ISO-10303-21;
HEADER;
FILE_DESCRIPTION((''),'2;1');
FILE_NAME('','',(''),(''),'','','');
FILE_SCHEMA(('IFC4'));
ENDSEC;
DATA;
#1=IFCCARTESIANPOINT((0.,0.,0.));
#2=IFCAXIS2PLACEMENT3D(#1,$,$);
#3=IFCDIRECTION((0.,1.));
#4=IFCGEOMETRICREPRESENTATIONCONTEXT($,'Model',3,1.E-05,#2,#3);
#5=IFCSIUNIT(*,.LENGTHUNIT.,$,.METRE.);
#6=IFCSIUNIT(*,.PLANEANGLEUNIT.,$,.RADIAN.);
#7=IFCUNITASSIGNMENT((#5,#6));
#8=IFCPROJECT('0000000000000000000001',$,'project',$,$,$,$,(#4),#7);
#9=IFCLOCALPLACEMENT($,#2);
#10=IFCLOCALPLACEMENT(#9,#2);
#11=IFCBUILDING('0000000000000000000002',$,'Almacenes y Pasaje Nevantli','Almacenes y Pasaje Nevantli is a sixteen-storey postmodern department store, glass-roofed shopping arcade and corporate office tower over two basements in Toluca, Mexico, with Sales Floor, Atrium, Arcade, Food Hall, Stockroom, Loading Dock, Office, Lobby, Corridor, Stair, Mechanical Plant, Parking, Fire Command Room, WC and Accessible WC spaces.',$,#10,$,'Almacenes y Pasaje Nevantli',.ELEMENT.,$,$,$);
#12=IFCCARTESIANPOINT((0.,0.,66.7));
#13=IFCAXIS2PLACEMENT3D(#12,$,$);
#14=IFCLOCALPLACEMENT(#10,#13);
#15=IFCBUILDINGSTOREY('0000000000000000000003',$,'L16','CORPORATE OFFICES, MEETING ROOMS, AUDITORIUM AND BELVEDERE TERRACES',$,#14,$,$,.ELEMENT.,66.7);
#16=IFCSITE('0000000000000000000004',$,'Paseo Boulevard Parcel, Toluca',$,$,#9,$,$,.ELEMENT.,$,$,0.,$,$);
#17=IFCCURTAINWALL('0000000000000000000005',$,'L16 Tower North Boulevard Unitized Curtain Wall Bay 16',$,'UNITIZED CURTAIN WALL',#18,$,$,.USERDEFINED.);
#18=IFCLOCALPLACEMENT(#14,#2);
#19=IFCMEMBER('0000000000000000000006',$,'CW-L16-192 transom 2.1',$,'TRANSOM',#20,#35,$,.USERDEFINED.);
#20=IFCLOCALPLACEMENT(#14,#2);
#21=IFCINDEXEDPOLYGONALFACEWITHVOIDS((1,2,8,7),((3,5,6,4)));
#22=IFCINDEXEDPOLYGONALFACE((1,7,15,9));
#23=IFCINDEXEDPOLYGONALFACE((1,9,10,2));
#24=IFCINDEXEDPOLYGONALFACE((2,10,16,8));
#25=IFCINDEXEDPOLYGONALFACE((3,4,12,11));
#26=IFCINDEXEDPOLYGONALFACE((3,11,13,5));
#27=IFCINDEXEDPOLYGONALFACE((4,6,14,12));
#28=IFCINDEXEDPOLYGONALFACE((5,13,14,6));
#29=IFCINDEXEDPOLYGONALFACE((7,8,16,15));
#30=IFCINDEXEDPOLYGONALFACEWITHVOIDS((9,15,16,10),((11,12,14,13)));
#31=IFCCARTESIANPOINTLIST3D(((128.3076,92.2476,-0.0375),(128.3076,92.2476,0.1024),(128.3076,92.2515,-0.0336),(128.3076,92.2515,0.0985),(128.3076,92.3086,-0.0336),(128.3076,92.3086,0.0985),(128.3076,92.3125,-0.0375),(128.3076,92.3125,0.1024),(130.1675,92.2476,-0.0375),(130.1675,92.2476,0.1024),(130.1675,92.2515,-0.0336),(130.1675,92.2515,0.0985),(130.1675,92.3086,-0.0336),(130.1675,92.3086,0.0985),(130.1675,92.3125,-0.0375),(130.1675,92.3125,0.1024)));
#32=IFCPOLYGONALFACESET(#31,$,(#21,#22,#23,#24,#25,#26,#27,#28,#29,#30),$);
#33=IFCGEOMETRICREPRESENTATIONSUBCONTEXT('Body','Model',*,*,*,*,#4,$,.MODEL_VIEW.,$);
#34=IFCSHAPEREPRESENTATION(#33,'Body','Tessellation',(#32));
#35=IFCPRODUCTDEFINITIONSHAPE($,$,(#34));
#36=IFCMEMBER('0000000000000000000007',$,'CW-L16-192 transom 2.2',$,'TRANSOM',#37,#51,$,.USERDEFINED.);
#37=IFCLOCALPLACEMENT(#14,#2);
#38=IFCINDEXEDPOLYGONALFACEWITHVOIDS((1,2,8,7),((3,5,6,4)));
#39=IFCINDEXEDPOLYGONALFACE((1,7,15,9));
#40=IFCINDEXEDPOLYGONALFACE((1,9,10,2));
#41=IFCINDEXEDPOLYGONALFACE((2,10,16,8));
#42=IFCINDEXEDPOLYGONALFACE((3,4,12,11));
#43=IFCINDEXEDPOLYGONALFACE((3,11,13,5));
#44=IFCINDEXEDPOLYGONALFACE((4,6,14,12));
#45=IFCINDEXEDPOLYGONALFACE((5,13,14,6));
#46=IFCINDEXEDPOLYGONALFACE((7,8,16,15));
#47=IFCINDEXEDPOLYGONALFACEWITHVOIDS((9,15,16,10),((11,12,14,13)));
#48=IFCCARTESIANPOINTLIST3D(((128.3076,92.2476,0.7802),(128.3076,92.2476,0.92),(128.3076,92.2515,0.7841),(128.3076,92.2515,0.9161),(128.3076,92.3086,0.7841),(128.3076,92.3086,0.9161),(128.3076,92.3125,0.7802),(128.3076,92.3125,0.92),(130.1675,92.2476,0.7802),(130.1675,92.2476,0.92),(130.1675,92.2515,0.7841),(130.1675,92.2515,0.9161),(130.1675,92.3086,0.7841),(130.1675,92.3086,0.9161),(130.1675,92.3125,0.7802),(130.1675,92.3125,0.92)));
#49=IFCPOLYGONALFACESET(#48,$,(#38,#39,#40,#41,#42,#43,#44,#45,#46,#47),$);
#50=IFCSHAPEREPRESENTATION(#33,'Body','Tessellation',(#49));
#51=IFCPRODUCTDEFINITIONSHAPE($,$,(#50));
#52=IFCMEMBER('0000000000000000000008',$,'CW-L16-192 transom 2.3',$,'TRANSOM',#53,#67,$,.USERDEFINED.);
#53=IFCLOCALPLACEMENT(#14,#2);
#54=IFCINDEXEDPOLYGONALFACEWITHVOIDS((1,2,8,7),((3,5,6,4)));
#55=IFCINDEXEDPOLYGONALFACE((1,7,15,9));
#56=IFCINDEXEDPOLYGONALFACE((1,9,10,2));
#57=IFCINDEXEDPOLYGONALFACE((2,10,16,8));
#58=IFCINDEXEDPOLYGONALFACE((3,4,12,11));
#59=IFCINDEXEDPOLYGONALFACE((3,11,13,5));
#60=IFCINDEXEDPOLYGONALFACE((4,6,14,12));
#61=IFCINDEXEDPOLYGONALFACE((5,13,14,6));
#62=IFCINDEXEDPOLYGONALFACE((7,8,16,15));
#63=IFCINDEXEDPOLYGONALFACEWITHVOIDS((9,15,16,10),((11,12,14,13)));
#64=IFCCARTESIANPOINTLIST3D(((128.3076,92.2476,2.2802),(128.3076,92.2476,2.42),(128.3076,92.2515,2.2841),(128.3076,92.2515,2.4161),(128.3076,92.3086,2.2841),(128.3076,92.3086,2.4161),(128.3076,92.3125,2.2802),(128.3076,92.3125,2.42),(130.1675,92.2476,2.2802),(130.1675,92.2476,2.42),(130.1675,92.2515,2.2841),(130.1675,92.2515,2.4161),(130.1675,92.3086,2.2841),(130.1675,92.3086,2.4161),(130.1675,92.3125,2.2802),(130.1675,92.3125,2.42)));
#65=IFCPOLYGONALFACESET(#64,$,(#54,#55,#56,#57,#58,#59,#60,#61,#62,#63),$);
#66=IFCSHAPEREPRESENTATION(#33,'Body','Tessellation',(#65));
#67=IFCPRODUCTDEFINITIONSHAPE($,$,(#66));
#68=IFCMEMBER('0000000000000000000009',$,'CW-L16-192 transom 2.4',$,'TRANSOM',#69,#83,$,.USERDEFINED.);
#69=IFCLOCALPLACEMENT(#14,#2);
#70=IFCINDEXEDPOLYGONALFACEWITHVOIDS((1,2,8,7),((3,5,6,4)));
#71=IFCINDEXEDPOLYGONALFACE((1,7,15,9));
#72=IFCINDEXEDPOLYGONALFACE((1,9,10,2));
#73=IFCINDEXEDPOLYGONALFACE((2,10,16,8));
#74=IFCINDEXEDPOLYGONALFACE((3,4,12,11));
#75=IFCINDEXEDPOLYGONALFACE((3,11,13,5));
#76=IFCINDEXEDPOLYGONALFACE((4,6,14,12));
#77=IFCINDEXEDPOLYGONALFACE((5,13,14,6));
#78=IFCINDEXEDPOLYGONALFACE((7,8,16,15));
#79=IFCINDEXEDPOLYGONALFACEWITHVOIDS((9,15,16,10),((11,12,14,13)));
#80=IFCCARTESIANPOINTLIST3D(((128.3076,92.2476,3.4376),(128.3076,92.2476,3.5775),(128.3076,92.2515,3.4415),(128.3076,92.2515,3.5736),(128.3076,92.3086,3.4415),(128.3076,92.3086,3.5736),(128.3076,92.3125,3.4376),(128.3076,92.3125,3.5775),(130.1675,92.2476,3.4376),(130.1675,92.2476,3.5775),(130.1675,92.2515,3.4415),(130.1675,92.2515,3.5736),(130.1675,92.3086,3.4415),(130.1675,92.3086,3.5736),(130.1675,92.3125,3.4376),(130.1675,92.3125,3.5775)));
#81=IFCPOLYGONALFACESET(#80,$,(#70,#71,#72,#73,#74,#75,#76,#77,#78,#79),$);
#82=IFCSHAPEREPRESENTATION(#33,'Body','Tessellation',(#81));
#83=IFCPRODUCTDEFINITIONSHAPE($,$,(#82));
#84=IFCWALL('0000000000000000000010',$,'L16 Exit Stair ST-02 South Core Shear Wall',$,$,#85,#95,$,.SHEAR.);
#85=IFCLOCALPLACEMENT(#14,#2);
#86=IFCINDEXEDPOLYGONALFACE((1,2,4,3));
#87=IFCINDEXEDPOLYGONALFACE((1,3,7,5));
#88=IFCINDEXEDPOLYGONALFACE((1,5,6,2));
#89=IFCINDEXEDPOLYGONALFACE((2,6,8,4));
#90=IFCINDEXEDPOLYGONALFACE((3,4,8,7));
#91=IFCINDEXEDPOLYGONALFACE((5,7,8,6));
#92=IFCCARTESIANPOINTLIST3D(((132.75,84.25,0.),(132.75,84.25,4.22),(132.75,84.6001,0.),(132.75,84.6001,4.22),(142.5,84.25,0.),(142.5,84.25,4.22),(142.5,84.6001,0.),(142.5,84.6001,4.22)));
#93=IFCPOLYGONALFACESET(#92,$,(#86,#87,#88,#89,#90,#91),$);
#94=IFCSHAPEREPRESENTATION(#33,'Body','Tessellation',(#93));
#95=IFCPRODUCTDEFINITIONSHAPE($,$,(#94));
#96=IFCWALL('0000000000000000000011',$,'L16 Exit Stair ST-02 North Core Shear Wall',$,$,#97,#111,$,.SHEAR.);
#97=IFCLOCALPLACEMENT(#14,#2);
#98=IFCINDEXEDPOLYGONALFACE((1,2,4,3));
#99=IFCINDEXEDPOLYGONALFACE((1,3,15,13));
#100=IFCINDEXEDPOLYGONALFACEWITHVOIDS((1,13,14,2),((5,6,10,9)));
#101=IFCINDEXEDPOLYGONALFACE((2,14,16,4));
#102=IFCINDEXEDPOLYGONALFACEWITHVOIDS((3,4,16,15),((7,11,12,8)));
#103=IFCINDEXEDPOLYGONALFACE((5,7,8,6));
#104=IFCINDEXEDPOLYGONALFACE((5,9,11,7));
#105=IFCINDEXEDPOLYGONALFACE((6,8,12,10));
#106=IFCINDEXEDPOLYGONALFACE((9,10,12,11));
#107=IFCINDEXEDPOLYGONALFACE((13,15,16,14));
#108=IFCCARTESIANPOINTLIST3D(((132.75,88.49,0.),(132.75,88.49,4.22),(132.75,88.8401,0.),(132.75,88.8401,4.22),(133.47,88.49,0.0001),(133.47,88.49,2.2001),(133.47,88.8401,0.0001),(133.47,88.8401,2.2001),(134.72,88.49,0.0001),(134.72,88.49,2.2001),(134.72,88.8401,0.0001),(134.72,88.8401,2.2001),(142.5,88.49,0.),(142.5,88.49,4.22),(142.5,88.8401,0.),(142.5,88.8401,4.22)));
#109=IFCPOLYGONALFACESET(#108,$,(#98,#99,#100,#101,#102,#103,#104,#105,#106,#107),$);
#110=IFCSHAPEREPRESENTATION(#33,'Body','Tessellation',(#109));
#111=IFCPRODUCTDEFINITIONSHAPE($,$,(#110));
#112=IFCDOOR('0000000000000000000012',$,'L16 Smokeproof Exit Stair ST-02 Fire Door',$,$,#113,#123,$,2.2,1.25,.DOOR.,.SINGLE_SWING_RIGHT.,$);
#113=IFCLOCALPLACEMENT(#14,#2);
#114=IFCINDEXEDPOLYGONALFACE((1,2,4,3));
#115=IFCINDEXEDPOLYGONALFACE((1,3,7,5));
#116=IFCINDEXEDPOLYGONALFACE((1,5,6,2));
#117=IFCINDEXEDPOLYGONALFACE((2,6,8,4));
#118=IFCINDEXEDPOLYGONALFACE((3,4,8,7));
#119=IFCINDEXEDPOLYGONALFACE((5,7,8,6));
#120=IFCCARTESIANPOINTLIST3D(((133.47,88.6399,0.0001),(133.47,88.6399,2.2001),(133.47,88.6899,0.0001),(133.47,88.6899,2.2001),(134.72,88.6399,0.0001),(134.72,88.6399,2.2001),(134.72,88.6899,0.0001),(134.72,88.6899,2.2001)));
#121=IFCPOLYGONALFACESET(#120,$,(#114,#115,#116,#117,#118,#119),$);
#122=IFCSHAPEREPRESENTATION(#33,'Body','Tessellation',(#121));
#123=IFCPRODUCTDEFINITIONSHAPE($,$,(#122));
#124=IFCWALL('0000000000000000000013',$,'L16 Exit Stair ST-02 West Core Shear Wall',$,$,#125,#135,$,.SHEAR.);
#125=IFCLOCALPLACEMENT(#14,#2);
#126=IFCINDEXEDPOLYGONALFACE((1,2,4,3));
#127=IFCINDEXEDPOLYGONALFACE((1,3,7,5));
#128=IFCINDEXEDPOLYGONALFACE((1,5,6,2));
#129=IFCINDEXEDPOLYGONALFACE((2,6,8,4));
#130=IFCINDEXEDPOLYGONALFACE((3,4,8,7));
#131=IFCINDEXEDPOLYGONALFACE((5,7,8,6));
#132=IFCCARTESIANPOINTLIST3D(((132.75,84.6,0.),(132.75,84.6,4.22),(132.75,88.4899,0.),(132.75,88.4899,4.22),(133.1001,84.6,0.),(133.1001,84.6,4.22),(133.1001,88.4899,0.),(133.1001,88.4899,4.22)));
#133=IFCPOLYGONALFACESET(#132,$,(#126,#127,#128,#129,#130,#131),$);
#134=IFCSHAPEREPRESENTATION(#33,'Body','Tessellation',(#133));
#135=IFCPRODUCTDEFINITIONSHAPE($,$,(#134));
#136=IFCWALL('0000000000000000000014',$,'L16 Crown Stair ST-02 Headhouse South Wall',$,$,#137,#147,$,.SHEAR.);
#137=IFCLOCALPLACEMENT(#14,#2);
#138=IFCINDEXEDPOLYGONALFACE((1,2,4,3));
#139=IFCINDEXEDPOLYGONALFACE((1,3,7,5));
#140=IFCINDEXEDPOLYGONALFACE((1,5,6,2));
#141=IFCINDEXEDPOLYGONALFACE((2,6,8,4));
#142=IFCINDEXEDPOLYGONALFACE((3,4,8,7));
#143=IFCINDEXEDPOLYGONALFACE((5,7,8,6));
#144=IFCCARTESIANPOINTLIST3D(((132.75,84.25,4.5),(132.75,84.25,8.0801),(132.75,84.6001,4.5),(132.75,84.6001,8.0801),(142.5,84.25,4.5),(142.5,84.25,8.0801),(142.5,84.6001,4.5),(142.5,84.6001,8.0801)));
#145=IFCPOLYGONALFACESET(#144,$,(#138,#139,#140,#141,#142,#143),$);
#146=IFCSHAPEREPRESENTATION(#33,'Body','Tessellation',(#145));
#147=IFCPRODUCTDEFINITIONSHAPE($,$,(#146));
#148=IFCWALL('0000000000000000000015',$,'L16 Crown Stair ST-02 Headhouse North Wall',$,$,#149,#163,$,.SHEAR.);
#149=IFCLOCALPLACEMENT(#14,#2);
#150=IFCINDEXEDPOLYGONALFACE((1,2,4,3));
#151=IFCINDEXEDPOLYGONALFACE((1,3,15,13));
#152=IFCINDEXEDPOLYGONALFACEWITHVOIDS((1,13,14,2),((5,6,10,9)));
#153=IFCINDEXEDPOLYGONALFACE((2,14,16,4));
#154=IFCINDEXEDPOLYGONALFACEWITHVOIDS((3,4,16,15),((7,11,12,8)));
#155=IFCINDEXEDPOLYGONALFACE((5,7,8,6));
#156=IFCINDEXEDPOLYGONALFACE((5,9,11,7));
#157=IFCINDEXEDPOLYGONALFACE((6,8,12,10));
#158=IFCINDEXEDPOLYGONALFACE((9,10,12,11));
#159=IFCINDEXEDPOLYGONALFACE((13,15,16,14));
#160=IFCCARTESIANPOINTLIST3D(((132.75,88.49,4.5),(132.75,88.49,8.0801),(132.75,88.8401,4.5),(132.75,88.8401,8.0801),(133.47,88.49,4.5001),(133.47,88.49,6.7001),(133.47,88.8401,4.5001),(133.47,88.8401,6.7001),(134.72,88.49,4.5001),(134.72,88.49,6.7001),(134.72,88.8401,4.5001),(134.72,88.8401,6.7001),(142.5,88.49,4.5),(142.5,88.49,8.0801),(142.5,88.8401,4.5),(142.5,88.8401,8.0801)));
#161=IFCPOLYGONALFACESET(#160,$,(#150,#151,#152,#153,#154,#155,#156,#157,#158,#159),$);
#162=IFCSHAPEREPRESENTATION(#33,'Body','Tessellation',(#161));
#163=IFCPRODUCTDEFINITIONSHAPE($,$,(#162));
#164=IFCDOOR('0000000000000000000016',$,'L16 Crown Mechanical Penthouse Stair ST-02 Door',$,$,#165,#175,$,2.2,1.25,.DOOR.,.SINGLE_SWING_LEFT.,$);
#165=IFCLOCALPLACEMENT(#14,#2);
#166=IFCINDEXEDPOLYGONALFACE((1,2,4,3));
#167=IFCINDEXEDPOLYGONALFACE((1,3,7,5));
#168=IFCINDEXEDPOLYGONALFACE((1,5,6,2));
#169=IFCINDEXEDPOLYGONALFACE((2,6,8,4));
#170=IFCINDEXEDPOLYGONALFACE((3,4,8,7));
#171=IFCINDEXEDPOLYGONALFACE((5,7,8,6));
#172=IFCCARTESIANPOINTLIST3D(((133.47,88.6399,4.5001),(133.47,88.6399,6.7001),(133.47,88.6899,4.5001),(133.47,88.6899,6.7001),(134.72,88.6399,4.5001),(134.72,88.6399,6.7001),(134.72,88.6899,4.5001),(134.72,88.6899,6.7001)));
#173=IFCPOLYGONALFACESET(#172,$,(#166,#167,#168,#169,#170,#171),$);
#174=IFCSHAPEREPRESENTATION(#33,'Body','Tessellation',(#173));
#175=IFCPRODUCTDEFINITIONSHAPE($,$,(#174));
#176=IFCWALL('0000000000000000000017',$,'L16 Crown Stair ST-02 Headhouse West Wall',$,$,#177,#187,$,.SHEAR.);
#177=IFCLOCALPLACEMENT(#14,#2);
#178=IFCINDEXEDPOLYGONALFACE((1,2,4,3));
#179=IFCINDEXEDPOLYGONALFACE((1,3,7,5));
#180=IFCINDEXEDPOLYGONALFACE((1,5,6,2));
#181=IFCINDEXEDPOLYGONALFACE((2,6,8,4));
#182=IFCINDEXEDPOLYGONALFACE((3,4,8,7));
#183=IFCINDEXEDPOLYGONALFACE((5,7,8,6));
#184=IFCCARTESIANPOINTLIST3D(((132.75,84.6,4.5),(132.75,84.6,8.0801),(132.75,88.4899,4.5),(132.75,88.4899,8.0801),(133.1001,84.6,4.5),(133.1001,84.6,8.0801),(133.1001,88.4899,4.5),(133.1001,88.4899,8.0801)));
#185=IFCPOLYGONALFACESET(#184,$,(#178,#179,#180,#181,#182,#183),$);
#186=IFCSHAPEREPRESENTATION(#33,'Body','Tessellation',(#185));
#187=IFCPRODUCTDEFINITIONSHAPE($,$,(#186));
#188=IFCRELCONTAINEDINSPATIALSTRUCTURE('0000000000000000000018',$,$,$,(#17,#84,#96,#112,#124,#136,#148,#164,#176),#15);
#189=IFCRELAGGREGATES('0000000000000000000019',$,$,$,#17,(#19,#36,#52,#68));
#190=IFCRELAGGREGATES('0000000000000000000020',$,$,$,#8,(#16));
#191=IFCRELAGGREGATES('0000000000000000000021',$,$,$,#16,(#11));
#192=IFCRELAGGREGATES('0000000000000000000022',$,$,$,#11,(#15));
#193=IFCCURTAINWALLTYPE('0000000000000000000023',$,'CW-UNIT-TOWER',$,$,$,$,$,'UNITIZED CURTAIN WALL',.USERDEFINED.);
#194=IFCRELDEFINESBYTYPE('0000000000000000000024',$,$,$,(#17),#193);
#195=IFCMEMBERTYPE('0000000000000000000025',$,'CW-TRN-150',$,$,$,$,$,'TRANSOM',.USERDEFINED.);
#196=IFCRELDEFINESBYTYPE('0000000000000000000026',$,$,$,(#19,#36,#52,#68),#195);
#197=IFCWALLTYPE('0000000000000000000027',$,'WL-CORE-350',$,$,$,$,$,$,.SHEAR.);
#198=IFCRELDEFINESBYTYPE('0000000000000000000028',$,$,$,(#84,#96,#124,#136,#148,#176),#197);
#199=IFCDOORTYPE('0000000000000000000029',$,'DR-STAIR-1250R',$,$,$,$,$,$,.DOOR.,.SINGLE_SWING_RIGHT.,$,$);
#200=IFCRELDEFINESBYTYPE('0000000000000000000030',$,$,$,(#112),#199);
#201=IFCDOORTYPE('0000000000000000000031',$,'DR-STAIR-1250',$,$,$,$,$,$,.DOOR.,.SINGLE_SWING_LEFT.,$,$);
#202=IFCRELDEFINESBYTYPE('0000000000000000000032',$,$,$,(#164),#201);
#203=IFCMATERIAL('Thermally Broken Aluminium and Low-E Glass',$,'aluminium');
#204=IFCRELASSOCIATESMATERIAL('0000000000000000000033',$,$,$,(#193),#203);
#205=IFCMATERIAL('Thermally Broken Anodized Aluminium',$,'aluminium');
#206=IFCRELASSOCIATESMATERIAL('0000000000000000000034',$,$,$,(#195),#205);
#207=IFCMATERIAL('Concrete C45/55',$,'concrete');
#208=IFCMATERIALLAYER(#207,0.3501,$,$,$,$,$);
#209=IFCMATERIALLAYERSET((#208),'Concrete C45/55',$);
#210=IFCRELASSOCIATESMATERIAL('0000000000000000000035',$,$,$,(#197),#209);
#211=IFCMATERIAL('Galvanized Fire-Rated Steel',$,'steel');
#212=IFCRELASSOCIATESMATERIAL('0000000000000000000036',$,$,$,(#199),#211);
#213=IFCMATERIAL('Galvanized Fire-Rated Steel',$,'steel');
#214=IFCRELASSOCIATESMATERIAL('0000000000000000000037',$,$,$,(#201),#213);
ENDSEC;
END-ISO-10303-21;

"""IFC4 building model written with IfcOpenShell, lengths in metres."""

from ifc_helpers import new_model, si_unit, direction, frame, frame_2d, origin, origin_2d, place, context, subcontext, project, spatial, rectangle, hollow_rectangle, extrude, material, layer, layer_set, material_profile, profile_set, type_object, element, fill, aggregate, save


model = new_model("IFC4")

# Units and contexts
model_context = context("Model", 3, precision=1e-05, world=origin(), true_north=direction((0.0, 1.0)))
body_context = subcontext(model_context, "Body", "Model", "MODEL_VIEW")
ifc_project = project(units=[si_unit("LENGTHUNIT", "METRE"), si_unit("PLANEANGLEUNIT", "RADIAN")], contexts=[model_context])

# Site, building, storey
site_placement = place(None, origin())
site = spatial("IfcSite", under=ifc_project, at=site_placement, Name="Paseo Boulevard Parcel, Toluca", CompositionType="ELEMENT", RefElevation=0.0)
building_placement = place(site_placement, origin())
building = spatial("IfcBuilding", under=site, at=building_placement, Name="Almacenes y Pasaje Nevantli", Description="Almacenes y Pasaje Nevantli is a sixteen-storey postmodern department store, glass-roofed shopping arcade and corporate office tower over two basements in Toluca, Mexico, with Sales Floor, Atrium, Arcade, Food Hall, Stockroom, Loading Dock, Office, Lobby, Corridor, Stair, Mechanical Plant, Parking, Fire Command Room, WC and Accessible WC spaces.", LongName="Almacenes y Pasaje Nevantli", CompositionType="ELEMENT")
storey_placement = place(building_placement, frame((0.0, 0.0, 66.7)))
storey = spatial("IfcBuildingStorey", under=building, at=storey_placement, Name="L16", Description="CORPORATE OFFICES, MEETING ROOMS, AUDITORIUM AND BELVEDERE TERRACES", CompositionType="ELEMENT", Elevation=66.7)

# Curtain wall, members
ifc_material_1 = material(Name="Thermally Broken Aluminium and Low-E Glass", Category="aluminium")
curtain_wall_type = type_object("IfcCurtainWallType", Name="CW-UNIT-TOWER", ElementType="UNITIZED CURTAIN WALL", PredefinedType="USERDEFINED", material=ifc_material_1)
curtain_wall_placement = place(storey_placement, origin())
curtain_wall = element("IfcCurtainWall", 1, at=curtain_wall_placement, inside=storey, type_object=curtain_wall_type, Name="L16 Tower North Boulevard Unitized Curtain Wall Bay 16", ObjectType="UNITIZED CURTAIN WALL", PredefinedType="USERDEFINED")
ifc_material_2 = material(Name="Thermally Broken Anodized Aluminium", Category="aluminium")
ifc_material_profile = material_profile(ifc_material_2, hollow_rectangle(XDim=0.0649, YDim=0.1399, WallThickness=0.0039, at=origin_2d()), Name="ALU-TRN-65x140")
ifc_profile_set = profile_set([ifc_material_profile], Name="Thermally Broken Anodized Aluminium")
member_type = type_object("IfcMemberType", Name="CW-TRN-150", ElementType="TRANSOM", PredefinedType="USERDEFINED", material=ifc_profile_set)
member_1_placement = place(storey_placement, frame((128.3076, 92.28, 0.0325), z_axis=(1.0, 0.0, 0.0), x_axis=(0.0, 1.0, 0.0)))
member_1 = element("IfcMember", 2, at=member_1_placement, type_object=member_type, Name="CW-L16-192 transom 2.1", ObjectType="TRANSOM", PredefinedType="USERDEFINED", context=body_context, shape_type="SweptSolid", body=[
    extrude(hollow_rectangle(XDim=0.0649, YDim=0.1399, WallThickness=0.0039, at=origin_2d()), origin(), (0.0, 0.0, 1.0), 1.8599),
])
member_2_placement = place(storey_placement, frame((128.3076, 92.28, 0.8501), z_axis=(1.0, 0.0, 0.0), x_axis=(0.0, 1.0, 0.0)))
member_2 = element("IfcMember", 3, at=member_2_placement, type_object=member_type, Name="CW-L16-192 transom 2.2", ObjectType="TRANSOM", PredefinedType="USERDEFINED", context=body_context, shape_type="SweptSolid", body=[
    extrude(hollow_rectangle(XDim=0.0649, YDim=0.1399, WallThickness=0.0039, at=origin_2d()), origin(), (0.0, 0.0, 1.0), 1.8599),
])
member_3_placement = place(storey_placement, frame((128.3076, 92.28, 2.3501), z_axis=(1.0, 0.0, 0.0), x_axis=(0.0, 1.0, 0.0)))
member_3 = element("IfcMember", 4, at=member_3_placement, type_object=member_type, Name="CW-L16-192 transom 2.3", ObjectType="TRANSOM", PredefinedType="USERDEFINED", context=body_context, shape_type="SweptSolid", body=[
    extrude(hollow_rectangle(XDim=0.0649, YDim=0.1399, WallThickness=0.0039, at=origin_2d()), origin(), (0.0, 0.0, 1.0), 1.8599),
])
member_4_placement = place(storey_placement, frame((128.3076, 92.28, 3.5076), z_axis=(1.0, 0.0, 0.0), x_axis=(0.0, 1.0, 0.0)))
member_4 = element("IfcMember", 5, at=member_4_placement, type_object=member_type, Name="CW-L16-192 transom 2.4", ObjectType="TRANSOM", PredefinedType="USERDEFINED", context=body_context, shape_type="SweptSolid", body=[
    extrude(hollow_rectangle(XDim=0.0649, YDim=0.1399, WallThickness=0.0039, at=origin_2d()), origin(), (0.0, 0.0, 1.0), 1.8599),
])
aggregate(curtain_wall, [member_1, member_2, member_3, member_4])

# Wall
ifc_material_3 = material(Name="Concrete C45/55", Category="concrete")
ifc_layer_1 = layer(ifc_material_3, 0.3501)
ifc_layer_set_1 = layer_set([ifc_layer_1], Name="Concrete C45/55")
wall_type_1 = type_object("IfcWallType", Name="WL-CORE-350", PredefinedType="SHEAR", material=ifc_layer_set_1)
wall_1_placement = place(storey_placement, frame((132.75, 84.425, 0.0), z_axis=(0.0, 0.0, 1.0), x_axis=(1.0, 0.0, 0.0)))
element("IfcWall", 6, at=wall_1_placement, inside=storey, type_object=wall_type_1, Name="L16 Exit Stair ST-02 South Core Shear Wall", PredefinedType="SHEAR", context=body_context, shape_type="SweptSolid", body=[
    extrude(rectangle(XDim=9.75, YDim=0.3501, at=frame_2d((4.875, 0.0))), origin(), (0.0, 0.0, 1.0), 4.22),
])

# Wall, opening, door
wall_2_placement = place(storey_placement, frame((132.75, 88.665, 0.0), z_axis=(0.0, 0.0, 1.0), x_axis=(1.0, 0.0, 0.0)))
wall_2 = element("IfcWall", 7, at=wall_2_placement, inside=storey, type_object=wall_type_1, Name="L16 Exit Stair ST-02 North Core Shear Wall", PredefinedType="SHEAR", context=body_context, shape_type="SweptSolid", body=[
    extrude(rectangle(XDim=9.75, YDim=0.3501, at=frame_2d((4.875, 0.0))), origin(), (0.0, 0.0, 1.0), 4.22),
])
opening_1_placement = place(wall_2_placement, frame((0.72, 0.0, 0.0)))
opening_1 = element("IfcOpeningElement", 8, at=opening_1_placement, cuts=wall_2, PredefinedType="OPENING", context=body_context, shape_type="SweptSolid", body=[
    extrude(rectangle(XDim=1.25, YDim=2.2, at=frame_2d((0.625, 1.1001))), frame((0.0, 0.1851, 0.0), z_axis=(0.0, -1.0, 0.0), x_axis=(1.0, 0.0, 0.0)), (0.0, 0.0, 1.0), 0.3701),
])
ifc_material_4 = material(Name="Galvanized Fire-Rated Steel", Category="steel")
door_type_1 = type_object("IfcDoorType", Name="DR-STAIR-1250R", OperationType="SINGLE_SWING_RIGHT", PredefinedType="DOOR", material=ifc_material_4)
door_1_placement = place(opening_1_placement, origin())
door_1 = element("IfcDoor", 9, at=door_1_placement, inside=storey, type_object=door_type_1, Name="L16 Smokeproof Exit Stair ST-02 Fire Door", OperationType="SINGLE_SWING_RIGHT", OverallHeight=2.2, OverallWidth=1.25, PredefinedType="DOOR", context=body_context, shape_type="SweptSolid", body=[
    extrude(rectangle(XDim=1.25, YDim=2.2, at=frame_2d((0.625, 1.1001))), frame((0.0, 0.0249, 0.0), z_axis=(0.0, -1.0, 0.0), x_axis=(1.0, 0.0, 0.0)), (0.0, 0.0, 1.0), 0.05),
])
fill(opening_1, door_1)

# Walls
wall_3_placement = place(storey_placement, frame((132.925, 84.6001, 0.0), z_axis=(0.0, 0.0, 1.0), x_axis=(0.0, 1.0, 0.0)))
element("IfcWall", 10, at=wall_3_placement, inside=storey, type_object=wall_type_1, Name="L16 Exit Stair ST-02 West Core Shear Wall", PredefinedType="SHEAR", context=body_context, shape_type="SweptSolid", body=[
    extrude(rectangle(XDim=3.8899, YDim=0.3501, at=frame_2d((1.9448, 0.0))), origin(), (0.0, 0.0, 1.0), 4.22),
])
wall_4_placement = place(storey_placement, frame((132.75, 84.425, 4.5), z_axis=(0.0, 0.0, 1.0), x_axis=(1.0, 0.0, 0.0)))
element("IfcWall", 11, at=wall_4_placement, inside=storey, type_object=wall_type_1, Name="L16 Crown Stair ST-02 Headhouse South Wall", PredefinedType="SHEAR", context=body_context, shape_type="SweptSolid", body=[
    extrude(rectangle(XDim=9.75, YDim=0.3501, at=frame_2d((4.875, 0.0))), origin(), (0.0, 0.0, 1.0), 3.5801),
])

# Wall, opening, door
wall_5_placement = place(storey_placement, frame((132.75, 88.665, 4.5), z_axis=(0.0, 0.0, 1.0), x_axis=(1.0, 0.0, 0.0)))
wall_5 = element("IfcWall", 12, at=wall_5_placement, inside=storey, type_object=wall_type_1, Name="L16 Crown Stair ST-02 Headhouse North Wall", PredefinedType="SHEAR", context=body_context, shape_type="SweptSolid", body=[
    extrude(rectangle(XDim=9.75, YDim=0.3501, at=frame_2d((4.875, 0.0))), origin(), (0.0, 0.0, 1.0), 3.5801),
])
opening_2_placement = place(wall_5_placement, frame((0.72, 0.0, 0.0)))
opening_2 = element("IfcOpeningElement", 13, at=opening_2_placement, cuts=wall_5, PredefinedType="OPENING", context=body_context, shape_type="SweptSolid", body=[
    extrude(rectangle(XDim=1.25, YDim=2.2, at=frame_2d((0.625, 1.1001))), frame((0.0, 0.1851, 0.0), z_axis=(0.0, -1.0, 0.0), x_axis=(1.0, 0.0, 0.0)), (0.0, 0.0, 1.0), 0.3701),
])
ifc_material_5 = material(Name="Galvanized Fire-Rated Steel", Category="steel")
door_type_2 = type_object("IfcDoorType", Name="DR-STAIR-1250", OperationType="SINGLE_SWING_LEFT", PredefinedType="DOOR", material=ifc_material_5)
door_2_placement = place(opening_2_placement, origin())
door_2 = element("IfcDoor", 14, at=door_2_placement, inside=storey, type_object=door_type_2, Name="L16 Crown Mechanical Penthouse Stair ST-02 Door", OperationType="SINGLE_SWING_LEFT", OverallHeight=2.2, OverallWidth=1.25, PredefinedType="DOOR", context=body_context, shape_type="SweptSolid", body=[
    extrude(rectangle(XDim=1.25, YDim=2.2, at=frame_2d((0.625, 1.1001))), frame((0.0, 0.0249, 0.0), z_axis=(0.0, -1.0, 0.0), x_axis=(1.0, 0.0, 0.0)), (0.0, 0.0, 1.0), 0.05),
])
fill(opening_2, door_2)

# Wall
wall_6_placement = place(storey_placement, frame((132.925, 84.6001, 4.5), z_axis=(0.0, 0.0, 1.0), x_axis=(0.0, 1.0, 0.0)))
element("IfcWall", 15, at=wall_6_placement, inside=storey, type_object=wall_type_1, Name="L16 Crown Stair ST-02 Headhouse West Wall", PredefinedType="SHEAR", context=body_context, shape_type="SweptSolid", body=[
    extrude(rectangle(XDim=3.8899, YDim=0.3501, at=frame_2d((1.9448, 0.0))), origin(), (0.0, 0.0, 1.0), 3.5801),
])

save(model, "model.ifc")
